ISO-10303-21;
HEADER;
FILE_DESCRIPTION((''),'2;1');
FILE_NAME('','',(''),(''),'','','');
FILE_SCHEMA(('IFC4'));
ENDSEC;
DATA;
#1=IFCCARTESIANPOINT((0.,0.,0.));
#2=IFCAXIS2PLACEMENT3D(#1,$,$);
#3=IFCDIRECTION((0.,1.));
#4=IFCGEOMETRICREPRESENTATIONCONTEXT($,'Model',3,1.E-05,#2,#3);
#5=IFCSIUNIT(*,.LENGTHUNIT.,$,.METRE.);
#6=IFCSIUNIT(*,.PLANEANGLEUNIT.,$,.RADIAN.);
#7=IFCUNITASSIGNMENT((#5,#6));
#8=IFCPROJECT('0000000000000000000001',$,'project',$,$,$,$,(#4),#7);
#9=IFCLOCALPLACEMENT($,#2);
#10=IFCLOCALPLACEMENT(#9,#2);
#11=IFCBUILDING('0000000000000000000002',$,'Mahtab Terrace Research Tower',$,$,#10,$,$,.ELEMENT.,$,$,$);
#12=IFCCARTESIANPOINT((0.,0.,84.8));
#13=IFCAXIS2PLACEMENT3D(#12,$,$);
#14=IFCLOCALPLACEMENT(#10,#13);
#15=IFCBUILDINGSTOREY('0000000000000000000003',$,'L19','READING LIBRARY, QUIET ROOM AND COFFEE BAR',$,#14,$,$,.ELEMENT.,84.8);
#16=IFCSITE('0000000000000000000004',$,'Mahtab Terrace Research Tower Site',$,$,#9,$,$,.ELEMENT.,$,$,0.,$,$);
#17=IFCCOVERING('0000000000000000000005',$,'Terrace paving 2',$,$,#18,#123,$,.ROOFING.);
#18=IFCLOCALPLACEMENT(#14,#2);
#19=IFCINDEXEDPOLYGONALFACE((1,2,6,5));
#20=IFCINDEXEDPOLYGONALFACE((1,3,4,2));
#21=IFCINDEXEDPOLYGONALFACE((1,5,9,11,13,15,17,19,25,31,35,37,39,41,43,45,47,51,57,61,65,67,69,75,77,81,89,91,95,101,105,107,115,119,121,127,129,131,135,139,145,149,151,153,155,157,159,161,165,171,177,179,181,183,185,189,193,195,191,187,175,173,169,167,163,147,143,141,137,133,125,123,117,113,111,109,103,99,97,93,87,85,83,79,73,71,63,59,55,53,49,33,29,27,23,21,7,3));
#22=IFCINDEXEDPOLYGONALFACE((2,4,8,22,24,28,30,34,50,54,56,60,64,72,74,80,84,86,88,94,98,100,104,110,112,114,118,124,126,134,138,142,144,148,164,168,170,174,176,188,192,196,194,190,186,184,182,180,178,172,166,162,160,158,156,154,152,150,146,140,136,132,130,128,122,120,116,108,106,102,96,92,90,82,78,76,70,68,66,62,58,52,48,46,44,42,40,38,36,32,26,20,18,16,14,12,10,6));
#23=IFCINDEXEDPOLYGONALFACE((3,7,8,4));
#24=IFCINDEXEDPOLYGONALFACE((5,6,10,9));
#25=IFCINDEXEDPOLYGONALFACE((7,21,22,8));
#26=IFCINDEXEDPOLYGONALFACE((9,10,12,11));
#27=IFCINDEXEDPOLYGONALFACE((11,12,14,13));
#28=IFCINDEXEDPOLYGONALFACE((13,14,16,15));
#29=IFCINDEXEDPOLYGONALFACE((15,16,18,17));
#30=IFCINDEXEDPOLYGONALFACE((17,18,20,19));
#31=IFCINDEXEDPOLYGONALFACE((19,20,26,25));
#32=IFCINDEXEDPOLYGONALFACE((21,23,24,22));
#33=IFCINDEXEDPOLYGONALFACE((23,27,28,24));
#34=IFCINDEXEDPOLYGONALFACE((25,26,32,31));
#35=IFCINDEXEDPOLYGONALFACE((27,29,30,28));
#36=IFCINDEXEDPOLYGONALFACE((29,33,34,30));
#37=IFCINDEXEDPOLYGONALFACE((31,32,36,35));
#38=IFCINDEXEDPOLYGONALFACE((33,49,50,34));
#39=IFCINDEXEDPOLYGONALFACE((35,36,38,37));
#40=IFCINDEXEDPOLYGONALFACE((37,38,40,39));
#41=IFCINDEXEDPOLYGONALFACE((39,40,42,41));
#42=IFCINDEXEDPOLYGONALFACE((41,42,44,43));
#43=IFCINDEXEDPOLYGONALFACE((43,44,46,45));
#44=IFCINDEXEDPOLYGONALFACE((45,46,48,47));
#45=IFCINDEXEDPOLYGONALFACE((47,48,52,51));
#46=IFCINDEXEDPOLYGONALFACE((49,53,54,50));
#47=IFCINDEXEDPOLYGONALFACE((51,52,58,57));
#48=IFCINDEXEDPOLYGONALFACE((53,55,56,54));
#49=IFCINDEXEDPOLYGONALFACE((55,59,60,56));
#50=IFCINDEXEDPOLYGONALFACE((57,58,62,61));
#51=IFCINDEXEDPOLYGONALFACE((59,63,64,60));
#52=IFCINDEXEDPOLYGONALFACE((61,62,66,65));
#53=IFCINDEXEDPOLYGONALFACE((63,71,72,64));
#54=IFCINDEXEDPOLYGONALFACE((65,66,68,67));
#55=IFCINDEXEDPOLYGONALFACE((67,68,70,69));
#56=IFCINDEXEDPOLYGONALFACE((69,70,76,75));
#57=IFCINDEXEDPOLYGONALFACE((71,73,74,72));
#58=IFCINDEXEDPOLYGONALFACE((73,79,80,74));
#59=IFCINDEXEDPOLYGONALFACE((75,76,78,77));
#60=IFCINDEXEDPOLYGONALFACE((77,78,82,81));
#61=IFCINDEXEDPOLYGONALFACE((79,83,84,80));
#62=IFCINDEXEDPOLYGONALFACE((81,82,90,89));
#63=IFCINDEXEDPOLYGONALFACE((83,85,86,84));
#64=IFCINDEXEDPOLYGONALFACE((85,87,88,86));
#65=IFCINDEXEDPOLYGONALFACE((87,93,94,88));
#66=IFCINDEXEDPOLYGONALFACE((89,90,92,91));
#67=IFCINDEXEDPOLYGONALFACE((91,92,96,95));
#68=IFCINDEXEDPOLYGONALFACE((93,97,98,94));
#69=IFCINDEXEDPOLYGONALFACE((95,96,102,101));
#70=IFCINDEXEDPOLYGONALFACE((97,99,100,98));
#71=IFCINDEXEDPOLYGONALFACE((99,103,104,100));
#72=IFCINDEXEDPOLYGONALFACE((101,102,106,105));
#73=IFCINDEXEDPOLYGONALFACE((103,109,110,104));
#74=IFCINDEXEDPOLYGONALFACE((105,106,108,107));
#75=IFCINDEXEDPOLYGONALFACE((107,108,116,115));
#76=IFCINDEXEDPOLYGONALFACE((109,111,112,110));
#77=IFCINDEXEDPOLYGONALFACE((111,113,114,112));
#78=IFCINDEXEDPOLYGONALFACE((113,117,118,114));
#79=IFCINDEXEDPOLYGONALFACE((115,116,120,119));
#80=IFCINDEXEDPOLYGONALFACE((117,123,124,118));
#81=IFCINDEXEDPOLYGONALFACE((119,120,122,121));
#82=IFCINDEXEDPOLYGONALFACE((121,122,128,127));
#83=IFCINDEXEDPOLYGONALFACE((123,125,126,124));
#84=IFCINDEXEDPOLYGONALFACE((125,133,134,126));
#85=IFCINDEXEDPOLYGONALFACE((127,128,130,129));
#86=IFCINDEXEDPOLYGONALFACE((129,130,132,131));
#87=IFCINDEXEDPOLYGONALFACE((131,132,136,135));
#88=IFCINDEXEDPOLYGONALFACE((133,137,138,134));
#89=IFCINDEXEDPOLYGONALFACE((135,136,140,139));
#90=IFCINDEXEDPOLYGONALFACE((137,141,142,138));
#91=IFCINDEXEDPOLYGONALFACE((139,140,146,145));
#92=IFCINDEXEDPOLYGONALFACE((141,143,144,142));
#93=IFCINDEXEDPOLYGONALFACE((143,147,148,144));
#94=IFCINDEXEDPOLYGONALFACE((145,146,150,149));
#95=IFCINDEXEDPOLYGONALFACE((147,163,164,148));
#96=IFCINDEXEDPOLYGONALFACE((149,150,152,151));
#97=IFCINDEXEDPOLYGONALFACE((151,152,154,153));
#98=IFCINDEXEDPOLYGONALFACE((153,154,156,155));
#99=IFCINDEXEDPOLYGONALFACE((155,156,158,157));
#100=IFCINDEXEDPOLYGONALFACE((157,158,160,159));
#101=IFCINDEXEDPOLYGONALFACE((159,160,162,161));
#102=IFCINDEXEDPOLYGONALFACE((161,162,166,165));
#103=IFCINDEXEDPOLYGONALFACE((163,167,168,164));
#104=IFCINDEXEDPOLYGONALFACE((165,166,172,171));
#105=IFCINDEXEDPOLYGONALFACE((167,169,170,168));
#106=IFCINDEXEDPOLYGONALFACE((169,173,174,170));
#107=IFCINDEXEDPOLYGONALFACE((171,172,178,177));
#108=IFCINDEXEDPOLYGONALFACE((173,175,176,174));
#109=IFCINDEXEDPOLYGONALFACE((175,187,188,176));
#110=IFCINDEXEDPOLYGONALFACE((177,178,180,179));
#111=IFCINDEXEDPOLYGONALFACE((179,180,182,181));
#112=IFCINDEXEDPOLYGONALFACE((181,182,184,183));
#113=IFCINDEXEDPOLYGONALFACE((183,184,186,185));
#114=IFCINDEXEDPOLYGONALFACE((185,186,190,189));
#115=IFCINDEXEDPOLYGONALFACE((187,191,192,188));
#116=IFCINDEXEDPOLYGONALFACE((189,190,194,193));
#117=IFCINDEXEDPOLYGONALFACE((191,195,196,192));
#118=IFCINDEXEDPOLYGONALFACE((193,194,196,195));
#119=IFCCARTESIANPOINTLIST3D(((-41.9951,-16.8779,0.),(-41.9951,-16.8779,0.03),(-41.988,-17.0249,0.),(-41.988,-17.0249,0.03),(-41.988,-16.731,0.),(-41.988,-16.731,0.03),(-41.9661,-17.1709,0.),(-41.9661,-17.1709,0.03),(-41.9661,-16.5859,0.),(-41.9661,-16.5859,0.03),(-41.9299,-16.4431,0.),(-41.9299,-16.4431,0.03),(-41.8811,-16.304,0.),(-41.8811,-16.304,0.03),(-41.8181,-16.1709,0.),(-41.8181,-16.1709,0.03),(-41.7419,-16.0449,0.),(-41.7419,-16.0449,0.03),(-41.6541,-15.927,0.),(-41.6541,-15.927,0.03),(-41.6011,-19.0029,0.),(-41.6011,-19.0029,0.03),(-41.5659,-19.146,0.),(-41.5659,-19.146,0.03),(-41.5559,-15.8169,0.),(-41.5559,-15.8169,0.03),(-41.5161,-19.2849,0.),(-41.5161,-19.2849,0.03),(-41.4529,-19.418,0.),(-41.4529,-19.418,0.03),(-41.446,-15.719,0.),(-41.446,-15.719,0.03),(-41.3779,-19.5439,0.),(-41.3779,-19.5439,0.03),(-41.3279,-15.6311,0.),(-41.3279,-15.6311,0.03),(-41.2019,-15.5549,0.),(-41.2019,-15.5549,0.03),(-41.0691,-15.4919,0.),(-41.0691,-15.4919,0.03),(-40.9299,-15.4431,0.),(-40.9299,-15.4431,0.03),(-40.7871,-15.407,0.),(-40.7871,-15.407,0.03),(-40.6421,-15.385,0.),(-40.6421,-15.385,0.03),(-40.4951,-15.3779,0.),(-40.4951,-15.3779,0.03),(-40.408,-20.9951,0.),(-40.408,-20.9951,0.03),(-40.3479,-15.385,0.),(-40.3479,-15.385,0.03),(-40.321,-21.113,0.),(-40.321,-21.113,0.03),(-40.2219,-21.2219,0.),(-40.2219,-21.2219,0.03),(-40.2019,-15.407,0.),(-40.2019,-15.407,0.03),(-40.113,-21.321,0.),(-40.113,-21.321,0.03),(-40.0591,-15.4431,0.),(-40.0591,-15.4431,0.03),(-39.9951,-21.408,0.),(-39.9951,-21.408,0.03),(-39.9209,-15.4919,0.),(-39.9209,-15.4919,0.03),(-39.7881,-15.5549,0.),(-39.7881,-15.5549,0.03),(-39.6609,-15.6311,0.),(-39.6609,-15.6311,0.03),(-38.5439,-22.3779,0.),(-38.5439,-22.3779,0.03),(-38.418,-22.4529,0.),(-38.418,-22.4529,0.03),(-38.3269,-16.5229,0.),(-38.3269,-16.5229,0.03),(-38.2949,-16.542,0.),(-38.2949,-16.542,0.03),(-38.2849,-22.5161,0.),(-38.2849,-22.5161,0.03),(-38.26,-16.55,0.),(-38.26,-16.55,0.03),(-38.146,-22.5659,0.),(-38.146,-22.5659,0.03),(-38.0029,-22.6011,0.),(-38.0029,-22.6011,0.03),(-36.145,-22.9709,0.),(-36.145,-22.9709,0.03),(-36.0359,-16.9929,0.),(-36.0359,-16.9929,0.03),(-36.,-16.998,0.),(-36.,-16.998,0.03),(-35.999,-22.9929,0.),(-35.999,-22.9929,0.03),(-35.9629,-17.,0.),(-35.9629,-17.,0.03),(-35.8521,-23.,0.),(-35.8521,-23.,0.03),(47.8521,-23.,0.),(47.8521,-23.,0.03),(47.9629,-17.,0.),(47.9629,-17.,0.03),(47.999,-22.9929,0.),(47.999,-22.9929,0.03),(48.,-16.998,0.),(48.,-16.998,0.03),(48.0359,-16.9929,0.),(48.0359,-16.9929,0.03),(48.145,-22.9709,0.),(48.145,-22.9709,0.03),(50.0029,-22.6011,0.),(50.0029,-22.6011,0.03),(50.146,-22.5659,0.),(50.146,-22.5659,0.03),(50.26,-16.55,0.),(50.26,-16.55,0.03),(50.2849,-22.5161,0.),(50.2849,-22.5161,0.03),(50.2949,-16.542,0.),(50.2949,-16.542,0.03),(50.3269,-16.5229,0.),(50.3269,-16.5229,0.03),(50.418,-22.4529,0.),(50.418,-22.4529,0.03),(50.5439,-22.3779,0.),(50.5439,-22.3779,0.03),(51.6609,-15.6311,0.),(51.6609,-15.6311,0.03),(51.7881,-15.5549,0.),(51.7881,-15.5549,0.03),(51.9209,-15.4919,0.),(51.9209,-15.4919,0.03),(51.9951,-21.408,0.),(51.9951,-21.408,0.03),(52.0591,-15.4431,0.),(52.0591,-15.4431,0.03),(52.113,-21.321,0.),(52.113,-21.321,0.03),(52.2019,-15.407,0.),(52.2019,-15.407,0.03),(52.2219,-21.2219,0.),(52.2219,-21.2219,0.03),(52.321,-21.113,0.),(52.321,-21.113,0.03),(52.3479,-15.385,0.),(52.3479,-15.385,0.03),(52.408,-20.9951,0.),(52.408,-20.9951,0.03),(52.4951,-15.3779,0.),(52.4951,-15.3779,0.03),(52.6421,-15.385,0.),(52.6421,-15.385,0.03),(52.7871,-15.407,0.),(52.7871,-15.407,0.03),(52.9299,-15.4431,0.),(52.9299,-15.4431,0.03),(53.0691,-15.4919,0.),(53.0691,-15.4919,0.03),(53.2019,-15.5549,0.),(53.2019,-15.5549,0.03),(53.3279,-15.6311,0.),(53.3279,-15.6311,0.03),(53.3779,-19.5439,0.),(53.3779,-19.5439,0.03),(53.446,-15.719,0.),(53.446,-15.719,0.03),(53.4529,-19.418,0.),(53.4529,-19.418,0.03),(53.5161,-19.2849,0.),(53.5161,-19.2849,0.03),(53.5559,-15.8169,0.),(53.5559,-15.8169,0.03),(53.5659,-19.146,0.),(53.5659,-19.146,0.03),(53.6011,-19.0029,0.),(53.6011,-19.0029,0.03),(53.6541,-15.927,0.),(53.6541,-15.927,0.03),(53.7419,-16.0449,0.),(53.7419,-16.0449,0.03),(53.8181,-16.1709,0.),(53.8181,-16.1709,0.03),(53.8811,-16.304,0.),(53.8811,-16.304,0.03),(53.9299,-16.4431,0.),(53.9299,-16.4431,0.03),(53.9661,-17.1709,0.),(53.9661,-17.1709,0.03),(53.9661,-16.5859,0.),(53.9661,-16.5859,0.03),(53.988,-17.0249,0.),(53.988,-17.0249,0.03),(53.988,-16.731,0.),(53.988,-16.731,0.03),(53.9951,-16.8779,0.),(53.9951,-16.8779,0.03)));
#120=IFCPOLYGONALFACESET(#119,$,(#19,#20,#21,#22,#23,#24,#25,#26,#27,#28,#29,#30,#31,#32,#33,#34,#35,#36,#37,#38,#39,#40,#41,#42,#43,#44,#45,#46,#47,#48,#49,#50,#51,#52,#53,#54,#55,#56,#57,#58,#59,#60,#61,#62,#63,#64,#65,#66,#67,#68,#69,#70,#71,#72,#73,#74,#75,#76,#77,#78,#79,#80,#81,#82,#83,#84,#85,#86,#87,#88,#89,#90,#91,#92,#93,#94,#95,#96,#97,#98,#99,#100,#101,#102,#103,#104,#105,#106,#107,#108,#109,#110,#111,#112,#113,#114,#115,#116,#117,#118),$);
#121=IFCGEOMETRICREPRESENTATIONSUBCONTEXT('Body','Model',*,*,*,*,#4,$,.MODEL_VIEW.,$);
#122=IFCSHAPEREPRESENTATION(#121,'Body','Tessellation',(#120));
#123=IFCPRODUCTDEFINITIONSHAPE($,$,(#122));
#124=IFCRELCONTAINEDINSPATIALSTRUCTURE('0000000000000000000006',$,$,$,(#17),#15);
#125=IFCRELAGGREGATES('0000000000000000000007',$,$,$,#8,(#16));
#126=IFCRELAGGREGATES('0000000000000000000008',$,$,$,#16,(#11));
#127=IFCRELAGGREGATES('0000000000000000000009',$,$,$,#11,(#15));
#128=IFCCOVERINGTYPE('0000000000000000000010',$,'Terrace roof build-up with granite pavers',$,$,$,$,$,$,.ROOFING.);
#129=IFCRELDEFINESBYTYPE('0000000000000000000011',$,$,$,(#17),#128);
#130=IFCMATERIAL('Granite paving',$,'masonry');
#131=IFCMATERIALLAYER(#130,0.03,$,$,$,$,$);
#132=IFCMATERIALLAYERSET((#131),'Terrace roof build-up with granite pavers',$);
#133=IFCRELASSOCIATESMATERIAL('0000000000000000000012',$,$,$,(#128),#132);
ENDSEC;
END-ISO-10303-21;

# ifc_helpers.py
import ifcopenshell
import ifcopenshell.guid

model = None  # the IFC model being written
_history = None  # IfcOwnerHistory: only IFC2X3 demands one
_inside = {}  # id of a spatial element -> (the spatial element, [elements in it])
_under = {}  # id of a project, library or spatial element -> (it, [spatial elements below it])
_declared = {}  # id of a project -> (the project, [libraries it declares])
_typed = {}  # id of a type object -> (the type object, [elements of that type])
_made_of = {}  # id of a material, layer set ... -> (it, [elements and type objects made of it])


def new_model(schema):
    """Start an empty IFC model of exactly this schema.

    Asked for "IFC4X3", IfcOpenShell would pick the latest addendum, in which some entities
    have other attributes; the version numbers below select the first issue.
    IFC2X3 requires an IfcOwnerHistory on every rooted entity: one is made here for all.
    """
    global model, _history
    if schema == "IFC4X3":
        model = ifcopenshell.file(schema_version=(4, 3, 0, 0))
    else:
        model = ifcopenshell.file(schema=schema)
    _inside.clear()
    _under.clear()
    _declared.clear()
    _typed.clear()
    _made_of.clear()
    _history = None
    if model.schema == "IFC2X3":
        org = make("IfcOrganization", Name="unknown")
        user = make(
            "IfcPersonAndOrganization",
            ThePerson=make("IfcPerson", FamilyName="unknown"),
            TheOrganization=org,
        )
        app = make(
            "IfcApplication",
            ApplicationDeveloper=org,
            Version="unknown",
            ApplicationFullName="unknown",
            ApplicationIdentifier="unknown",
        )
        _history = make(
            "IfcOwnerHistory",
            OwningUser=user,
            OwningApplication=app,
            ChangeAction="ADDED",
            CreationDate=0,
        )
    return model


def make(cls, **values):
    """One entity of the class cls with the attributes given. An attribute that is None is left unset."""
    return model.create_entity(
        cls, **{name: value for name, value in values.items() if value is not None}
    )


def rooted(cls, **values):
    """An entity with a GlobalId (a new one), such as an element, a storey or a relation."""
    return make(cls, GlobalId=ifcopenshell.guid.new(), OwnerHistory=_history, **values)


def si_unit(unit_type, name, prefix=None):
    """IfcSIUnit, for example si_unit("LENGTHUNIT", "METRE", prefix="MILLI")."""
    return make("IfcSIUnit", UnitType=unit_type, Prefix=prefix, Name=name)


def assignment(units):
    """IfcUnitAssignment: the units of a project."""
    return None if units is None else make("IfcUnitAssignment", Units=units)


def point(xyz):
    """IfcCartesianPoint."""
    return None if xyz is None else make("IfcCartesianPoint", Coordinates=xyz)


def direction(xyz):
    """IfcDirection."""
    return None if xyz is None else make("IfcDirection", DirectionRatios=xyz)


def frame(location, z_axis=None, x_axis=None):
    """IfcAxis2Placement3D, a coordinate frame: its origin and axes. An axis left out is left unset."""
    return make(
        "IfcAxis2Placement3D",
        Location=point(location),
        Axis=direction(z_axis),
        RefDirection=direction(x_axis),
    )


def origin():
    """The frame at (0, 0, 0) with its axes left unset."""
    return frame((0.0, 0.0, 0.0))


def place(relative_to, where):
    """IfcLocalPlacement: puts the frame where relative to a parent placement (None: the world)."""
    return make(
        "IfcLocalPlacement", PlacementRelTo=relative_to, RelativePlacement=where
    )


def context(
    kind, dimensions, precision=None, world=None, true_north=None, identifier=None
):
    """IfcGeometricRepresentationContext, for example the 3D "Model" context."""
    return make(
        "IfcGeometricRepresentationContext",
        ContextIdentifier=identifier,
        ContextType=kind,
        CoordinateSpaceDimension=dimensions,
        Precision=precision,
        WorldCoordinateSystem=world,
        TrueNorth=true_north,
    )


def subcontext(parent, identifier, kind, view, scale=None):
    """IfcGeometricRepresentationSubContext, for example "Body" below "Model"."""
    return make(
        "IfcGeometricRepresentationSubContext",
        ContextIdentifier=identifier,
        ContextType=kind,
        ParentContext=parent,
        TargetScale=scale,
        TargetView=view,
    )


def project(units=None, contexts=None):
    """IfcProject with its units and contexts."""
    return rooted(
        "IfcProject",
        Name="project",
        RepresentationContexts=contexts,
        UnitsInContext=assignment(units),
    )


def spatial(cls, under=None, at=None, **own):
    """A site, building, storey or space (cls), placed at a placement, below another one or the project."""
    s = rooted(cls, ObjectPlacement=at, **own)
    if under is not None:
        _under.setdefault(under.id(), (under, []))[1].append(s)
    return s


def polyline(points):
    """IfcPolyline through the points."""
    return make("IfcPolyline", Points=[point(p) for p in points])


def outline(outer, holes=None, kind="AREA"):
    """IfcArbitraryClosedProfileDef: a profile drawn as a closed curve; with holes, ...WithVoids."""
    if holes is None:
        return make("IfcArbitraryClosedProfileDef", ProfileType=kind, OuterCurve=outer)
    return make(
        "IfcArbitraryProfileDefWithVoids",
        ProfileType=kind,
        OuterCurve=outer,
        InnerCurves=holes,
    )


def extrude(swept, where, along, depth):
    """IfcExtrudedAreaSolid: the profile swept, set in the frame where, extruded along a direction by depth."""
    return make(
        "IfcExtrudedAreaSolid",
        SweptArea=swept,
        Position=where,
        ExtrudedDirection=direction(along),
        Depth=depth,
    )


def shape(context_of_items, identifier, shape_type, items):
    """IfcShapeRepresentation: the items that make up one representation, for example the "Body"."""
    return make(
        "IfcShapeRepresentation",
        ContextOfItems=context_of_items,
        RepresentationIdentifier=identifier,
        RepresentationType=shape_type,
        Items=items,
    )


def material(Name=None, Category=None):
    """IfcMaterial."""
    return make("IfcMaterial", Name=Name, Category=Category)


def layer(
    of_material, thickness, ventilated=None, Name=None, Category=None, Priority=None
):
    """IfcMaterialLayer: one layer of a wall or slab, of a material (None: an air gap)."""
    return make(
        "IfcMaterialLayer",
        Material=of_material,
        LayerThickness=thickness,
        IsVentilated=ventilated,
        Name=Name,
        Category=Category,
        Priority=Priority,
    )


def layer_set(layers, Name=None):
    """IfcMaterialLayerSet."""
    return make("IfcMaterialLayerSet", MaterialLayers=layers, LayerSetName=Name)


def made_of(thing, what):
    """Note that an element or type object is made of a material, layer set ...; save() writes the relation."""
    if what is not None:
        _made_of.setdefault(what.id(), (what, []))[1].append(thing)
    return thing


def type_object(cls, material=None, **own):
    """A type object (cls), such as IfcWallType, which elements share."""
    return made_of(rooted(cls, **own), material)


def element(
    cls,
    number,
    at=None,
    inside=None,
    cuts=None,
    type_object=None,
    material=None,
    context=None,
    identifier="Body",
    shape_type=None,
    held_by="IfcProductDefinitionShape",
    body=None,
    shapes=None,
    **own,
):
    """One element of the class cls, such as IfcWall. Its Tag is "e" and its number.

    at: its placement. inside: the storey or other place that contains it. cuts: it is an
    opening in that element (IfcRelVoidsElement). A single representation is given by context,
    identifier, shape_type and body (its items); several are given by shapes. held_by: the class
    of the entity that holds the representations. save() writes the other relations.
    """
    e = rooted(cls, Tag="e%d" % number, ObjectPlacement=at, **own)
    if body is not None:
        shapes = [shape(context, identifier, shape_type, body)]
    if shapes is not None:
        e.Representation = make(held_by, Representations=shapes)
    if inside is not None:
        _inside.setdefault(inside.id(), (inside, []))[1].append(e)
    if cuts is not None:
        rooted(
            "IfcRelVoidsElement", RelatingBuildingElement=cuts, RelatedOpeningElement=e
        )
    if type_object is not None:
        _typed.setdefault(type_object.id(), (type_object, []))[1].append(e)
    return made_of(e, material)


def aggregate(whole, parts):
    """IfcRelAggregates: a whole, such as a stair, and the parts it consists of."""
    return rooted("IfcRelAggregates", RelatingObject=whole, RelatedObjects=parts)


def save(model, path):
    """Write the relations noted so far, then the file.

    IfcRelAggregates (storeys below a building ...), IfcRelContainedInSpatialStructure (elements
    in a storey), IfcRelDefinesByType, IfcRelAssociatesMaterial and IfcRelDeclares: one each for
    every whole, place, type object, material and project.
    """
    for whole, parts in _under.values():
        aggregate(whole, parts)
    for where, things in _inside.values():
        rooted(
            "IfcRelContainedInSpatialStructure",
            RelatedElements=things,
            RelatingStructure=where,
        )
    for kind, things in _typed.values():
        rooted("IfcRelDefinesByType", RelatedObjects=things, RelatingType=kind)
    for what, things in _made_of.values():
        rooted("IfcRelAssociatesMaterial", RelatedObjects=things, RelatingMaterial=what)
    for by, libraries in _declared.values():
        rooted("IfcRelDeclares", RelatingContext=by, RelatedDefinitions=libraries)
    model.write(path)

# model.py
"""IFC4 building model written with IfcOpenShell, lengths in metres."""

from ifc_helpers import new_model, si_unit, direction, frame, origin, place, context, subcontext, project, spatial, polyline, outline, extrude, material, layer, layer_set, type_object, element, save


model = new_model("IFC4")

# Units and contexts
model_context = context("Model", 3, precision=1e-05, world=origin(), true_north=direction((0.0, 1.0)))
body_context = subcontext(model_context, "Body", "Model", "MODEL_VIEW")
ifc_project = project(units=[si_unit("LENGTHUNIT", "METRE"), si_unit("PLANEANGLEUNIT", "RADIAN")], contexts=[model_context])

# Site, building, storey
site_placement = place(None, origin())
site = spatial("IfcSite", under=ifc_project, at=site_placement, Name="Mahtab Terrace Research Tower Site", CompositionType="ELEMENT", RefElevation=0.0)
building_placement = place(site_placement, origin())
building = spatial("IfcBuilding", under=site, at=building_placement, Name="Mahtab Terrace Research Tower", CompositionType="ELEMENT")
storey_placement = place(building_placement, frame((0.0, 0.0, 84.8)))
storey = spatial("IfcBuildingStorey", under=building, at=storey_placement, Name="L19", Description="READING LIBRARY, QUIET ROOM AND COFFEE BAR", CompositionType="ELEMENT", Elevation=84.8)

# Covering
ifc_material_1 = material(Name="Granite paving", Category="masonry")
ifc_layer_1 = layer(ifc_material_1, 0.03)
ifc_layer_set_1 = layer_set([ifc_layer_1], Name="Terrace roof build-up with granite pavers")
covering_type_1 = type_object("IfcCoveringType", Name="Terrace roof build-up with granite pavers", PredefinedType="ROOFING", material=ifc_layer_set_1)
covering_1_placement = place(storey_placement, origin())
element("IfcCovering", 1, at=covering_1_placement, inside=storey, type_object=covering_type_1, Name="Terrace paving 2", PredefinedType="ROOFING", context=body_context, shape_type="SweptSolid", body=[
    extrude(outline(polyline([(-41.6011, -19.0029), (-41.5659, -19.146), (-41.5161, -19.2849), (-41.4529, -19.418), (-41.3779, -19.5439), (-40.408, -20.9951), (-40.321, -21.113), (-40.2219, -21.2219), (-40.113, -21.321), (-39.9951, -21.408), (-38.5439, -22.3779), (-38.418, -22.4529), (-38.2849, -22.5161), (-38.146, -22.5659), (-38.0029, -22.6011), (-36.145, -22.9709), (-35.999, -22.9929), (-35.8521, -23.0), (47.8521, -23.0), (47.999, -22.9929), (48.145, -22.9709), (50.0029, -22.6011), (50.146, -22.5659), (50.2849, -22.5161), (50.418, -22.4529), (50.5439, -22.3779), (51.9951, -21.408), (52.113, -21.321), (52.2219, -21.2219), (52.321, -21.113), (52.408, -20.9951), (53.3779, -19.5439), (53.4529, -19.418), (53.5161, -19.2849), (53.5659, -19.146), (53.6011, -19.0029), (53.9661, -17.1709), (53.988, -17.0249), (53.9951, -16.8779), (53.988, -16.731), (53.9661, -16.5859), (53.9299, -16.4431), (53.8811, -16.304), (53.8181, -16.1709), (53.7419, -16.0449), (53.6541, -15.927), (53.5559, -15.8169), (53.446, -15.719), (53.3279, -15.6311), (53.2019, -15.5549), (53.0691, -15.4919), (52.9299, -15.4431), (52.7871, -15.407), (52.6421, -15.385), (52.4951, -15.3779), (52.3479, -15.385), (52.2019, -15.407), (52.0591, -15.4431), (51.9209, -15.4919), (51.7881, -15.5549), (51.6609, -15.6311), (50.3269, -16.5229), (50.2949, -16.542), (50.26, -16.55), (48.0359, -16.9929), (48.0, -16.998), (47.9629, -17.0), (-35.9629, -17.0), (-36.0, -16.998), (-36.0359, -16.9929), (-38.26, -16.55), (-38.2949, -16.542), (-38.3269, -16.5229), (-39.6609, -15.6311), (-39.7881, -15.5549), (-39.9209, -15.4919), (-40.0591, -15.4431), (-40.2019, -15.407), (-40.3479, -15.385), (-40.4951, -15.3779), (-40.6421, -15.385), (-40.7871, -15.407), (-40.9299, -15.4431), (-41.0691, -15.4919), (-41.2019, -15.5549), (-41.3279, -15.6311), (-41.446, -15.719), (-41.5559, -15.8169), (-41.6541, -15.927), (-41.7419, -16.0449), (-41.8181, -16.1709), (-41.8811, -16.304), (-41.9299, -16.4431), (-41.9661, -16.5859), (-41.988, -16.731), (-41.9951, -16.8779), (-41.988, -17.0249), (-41.9661, -17.1709), (-41.6011, -19.0029)])), origin(), (0.0, 0.0, 1.0), 0.03),
])

save(model, "model.ifc")
